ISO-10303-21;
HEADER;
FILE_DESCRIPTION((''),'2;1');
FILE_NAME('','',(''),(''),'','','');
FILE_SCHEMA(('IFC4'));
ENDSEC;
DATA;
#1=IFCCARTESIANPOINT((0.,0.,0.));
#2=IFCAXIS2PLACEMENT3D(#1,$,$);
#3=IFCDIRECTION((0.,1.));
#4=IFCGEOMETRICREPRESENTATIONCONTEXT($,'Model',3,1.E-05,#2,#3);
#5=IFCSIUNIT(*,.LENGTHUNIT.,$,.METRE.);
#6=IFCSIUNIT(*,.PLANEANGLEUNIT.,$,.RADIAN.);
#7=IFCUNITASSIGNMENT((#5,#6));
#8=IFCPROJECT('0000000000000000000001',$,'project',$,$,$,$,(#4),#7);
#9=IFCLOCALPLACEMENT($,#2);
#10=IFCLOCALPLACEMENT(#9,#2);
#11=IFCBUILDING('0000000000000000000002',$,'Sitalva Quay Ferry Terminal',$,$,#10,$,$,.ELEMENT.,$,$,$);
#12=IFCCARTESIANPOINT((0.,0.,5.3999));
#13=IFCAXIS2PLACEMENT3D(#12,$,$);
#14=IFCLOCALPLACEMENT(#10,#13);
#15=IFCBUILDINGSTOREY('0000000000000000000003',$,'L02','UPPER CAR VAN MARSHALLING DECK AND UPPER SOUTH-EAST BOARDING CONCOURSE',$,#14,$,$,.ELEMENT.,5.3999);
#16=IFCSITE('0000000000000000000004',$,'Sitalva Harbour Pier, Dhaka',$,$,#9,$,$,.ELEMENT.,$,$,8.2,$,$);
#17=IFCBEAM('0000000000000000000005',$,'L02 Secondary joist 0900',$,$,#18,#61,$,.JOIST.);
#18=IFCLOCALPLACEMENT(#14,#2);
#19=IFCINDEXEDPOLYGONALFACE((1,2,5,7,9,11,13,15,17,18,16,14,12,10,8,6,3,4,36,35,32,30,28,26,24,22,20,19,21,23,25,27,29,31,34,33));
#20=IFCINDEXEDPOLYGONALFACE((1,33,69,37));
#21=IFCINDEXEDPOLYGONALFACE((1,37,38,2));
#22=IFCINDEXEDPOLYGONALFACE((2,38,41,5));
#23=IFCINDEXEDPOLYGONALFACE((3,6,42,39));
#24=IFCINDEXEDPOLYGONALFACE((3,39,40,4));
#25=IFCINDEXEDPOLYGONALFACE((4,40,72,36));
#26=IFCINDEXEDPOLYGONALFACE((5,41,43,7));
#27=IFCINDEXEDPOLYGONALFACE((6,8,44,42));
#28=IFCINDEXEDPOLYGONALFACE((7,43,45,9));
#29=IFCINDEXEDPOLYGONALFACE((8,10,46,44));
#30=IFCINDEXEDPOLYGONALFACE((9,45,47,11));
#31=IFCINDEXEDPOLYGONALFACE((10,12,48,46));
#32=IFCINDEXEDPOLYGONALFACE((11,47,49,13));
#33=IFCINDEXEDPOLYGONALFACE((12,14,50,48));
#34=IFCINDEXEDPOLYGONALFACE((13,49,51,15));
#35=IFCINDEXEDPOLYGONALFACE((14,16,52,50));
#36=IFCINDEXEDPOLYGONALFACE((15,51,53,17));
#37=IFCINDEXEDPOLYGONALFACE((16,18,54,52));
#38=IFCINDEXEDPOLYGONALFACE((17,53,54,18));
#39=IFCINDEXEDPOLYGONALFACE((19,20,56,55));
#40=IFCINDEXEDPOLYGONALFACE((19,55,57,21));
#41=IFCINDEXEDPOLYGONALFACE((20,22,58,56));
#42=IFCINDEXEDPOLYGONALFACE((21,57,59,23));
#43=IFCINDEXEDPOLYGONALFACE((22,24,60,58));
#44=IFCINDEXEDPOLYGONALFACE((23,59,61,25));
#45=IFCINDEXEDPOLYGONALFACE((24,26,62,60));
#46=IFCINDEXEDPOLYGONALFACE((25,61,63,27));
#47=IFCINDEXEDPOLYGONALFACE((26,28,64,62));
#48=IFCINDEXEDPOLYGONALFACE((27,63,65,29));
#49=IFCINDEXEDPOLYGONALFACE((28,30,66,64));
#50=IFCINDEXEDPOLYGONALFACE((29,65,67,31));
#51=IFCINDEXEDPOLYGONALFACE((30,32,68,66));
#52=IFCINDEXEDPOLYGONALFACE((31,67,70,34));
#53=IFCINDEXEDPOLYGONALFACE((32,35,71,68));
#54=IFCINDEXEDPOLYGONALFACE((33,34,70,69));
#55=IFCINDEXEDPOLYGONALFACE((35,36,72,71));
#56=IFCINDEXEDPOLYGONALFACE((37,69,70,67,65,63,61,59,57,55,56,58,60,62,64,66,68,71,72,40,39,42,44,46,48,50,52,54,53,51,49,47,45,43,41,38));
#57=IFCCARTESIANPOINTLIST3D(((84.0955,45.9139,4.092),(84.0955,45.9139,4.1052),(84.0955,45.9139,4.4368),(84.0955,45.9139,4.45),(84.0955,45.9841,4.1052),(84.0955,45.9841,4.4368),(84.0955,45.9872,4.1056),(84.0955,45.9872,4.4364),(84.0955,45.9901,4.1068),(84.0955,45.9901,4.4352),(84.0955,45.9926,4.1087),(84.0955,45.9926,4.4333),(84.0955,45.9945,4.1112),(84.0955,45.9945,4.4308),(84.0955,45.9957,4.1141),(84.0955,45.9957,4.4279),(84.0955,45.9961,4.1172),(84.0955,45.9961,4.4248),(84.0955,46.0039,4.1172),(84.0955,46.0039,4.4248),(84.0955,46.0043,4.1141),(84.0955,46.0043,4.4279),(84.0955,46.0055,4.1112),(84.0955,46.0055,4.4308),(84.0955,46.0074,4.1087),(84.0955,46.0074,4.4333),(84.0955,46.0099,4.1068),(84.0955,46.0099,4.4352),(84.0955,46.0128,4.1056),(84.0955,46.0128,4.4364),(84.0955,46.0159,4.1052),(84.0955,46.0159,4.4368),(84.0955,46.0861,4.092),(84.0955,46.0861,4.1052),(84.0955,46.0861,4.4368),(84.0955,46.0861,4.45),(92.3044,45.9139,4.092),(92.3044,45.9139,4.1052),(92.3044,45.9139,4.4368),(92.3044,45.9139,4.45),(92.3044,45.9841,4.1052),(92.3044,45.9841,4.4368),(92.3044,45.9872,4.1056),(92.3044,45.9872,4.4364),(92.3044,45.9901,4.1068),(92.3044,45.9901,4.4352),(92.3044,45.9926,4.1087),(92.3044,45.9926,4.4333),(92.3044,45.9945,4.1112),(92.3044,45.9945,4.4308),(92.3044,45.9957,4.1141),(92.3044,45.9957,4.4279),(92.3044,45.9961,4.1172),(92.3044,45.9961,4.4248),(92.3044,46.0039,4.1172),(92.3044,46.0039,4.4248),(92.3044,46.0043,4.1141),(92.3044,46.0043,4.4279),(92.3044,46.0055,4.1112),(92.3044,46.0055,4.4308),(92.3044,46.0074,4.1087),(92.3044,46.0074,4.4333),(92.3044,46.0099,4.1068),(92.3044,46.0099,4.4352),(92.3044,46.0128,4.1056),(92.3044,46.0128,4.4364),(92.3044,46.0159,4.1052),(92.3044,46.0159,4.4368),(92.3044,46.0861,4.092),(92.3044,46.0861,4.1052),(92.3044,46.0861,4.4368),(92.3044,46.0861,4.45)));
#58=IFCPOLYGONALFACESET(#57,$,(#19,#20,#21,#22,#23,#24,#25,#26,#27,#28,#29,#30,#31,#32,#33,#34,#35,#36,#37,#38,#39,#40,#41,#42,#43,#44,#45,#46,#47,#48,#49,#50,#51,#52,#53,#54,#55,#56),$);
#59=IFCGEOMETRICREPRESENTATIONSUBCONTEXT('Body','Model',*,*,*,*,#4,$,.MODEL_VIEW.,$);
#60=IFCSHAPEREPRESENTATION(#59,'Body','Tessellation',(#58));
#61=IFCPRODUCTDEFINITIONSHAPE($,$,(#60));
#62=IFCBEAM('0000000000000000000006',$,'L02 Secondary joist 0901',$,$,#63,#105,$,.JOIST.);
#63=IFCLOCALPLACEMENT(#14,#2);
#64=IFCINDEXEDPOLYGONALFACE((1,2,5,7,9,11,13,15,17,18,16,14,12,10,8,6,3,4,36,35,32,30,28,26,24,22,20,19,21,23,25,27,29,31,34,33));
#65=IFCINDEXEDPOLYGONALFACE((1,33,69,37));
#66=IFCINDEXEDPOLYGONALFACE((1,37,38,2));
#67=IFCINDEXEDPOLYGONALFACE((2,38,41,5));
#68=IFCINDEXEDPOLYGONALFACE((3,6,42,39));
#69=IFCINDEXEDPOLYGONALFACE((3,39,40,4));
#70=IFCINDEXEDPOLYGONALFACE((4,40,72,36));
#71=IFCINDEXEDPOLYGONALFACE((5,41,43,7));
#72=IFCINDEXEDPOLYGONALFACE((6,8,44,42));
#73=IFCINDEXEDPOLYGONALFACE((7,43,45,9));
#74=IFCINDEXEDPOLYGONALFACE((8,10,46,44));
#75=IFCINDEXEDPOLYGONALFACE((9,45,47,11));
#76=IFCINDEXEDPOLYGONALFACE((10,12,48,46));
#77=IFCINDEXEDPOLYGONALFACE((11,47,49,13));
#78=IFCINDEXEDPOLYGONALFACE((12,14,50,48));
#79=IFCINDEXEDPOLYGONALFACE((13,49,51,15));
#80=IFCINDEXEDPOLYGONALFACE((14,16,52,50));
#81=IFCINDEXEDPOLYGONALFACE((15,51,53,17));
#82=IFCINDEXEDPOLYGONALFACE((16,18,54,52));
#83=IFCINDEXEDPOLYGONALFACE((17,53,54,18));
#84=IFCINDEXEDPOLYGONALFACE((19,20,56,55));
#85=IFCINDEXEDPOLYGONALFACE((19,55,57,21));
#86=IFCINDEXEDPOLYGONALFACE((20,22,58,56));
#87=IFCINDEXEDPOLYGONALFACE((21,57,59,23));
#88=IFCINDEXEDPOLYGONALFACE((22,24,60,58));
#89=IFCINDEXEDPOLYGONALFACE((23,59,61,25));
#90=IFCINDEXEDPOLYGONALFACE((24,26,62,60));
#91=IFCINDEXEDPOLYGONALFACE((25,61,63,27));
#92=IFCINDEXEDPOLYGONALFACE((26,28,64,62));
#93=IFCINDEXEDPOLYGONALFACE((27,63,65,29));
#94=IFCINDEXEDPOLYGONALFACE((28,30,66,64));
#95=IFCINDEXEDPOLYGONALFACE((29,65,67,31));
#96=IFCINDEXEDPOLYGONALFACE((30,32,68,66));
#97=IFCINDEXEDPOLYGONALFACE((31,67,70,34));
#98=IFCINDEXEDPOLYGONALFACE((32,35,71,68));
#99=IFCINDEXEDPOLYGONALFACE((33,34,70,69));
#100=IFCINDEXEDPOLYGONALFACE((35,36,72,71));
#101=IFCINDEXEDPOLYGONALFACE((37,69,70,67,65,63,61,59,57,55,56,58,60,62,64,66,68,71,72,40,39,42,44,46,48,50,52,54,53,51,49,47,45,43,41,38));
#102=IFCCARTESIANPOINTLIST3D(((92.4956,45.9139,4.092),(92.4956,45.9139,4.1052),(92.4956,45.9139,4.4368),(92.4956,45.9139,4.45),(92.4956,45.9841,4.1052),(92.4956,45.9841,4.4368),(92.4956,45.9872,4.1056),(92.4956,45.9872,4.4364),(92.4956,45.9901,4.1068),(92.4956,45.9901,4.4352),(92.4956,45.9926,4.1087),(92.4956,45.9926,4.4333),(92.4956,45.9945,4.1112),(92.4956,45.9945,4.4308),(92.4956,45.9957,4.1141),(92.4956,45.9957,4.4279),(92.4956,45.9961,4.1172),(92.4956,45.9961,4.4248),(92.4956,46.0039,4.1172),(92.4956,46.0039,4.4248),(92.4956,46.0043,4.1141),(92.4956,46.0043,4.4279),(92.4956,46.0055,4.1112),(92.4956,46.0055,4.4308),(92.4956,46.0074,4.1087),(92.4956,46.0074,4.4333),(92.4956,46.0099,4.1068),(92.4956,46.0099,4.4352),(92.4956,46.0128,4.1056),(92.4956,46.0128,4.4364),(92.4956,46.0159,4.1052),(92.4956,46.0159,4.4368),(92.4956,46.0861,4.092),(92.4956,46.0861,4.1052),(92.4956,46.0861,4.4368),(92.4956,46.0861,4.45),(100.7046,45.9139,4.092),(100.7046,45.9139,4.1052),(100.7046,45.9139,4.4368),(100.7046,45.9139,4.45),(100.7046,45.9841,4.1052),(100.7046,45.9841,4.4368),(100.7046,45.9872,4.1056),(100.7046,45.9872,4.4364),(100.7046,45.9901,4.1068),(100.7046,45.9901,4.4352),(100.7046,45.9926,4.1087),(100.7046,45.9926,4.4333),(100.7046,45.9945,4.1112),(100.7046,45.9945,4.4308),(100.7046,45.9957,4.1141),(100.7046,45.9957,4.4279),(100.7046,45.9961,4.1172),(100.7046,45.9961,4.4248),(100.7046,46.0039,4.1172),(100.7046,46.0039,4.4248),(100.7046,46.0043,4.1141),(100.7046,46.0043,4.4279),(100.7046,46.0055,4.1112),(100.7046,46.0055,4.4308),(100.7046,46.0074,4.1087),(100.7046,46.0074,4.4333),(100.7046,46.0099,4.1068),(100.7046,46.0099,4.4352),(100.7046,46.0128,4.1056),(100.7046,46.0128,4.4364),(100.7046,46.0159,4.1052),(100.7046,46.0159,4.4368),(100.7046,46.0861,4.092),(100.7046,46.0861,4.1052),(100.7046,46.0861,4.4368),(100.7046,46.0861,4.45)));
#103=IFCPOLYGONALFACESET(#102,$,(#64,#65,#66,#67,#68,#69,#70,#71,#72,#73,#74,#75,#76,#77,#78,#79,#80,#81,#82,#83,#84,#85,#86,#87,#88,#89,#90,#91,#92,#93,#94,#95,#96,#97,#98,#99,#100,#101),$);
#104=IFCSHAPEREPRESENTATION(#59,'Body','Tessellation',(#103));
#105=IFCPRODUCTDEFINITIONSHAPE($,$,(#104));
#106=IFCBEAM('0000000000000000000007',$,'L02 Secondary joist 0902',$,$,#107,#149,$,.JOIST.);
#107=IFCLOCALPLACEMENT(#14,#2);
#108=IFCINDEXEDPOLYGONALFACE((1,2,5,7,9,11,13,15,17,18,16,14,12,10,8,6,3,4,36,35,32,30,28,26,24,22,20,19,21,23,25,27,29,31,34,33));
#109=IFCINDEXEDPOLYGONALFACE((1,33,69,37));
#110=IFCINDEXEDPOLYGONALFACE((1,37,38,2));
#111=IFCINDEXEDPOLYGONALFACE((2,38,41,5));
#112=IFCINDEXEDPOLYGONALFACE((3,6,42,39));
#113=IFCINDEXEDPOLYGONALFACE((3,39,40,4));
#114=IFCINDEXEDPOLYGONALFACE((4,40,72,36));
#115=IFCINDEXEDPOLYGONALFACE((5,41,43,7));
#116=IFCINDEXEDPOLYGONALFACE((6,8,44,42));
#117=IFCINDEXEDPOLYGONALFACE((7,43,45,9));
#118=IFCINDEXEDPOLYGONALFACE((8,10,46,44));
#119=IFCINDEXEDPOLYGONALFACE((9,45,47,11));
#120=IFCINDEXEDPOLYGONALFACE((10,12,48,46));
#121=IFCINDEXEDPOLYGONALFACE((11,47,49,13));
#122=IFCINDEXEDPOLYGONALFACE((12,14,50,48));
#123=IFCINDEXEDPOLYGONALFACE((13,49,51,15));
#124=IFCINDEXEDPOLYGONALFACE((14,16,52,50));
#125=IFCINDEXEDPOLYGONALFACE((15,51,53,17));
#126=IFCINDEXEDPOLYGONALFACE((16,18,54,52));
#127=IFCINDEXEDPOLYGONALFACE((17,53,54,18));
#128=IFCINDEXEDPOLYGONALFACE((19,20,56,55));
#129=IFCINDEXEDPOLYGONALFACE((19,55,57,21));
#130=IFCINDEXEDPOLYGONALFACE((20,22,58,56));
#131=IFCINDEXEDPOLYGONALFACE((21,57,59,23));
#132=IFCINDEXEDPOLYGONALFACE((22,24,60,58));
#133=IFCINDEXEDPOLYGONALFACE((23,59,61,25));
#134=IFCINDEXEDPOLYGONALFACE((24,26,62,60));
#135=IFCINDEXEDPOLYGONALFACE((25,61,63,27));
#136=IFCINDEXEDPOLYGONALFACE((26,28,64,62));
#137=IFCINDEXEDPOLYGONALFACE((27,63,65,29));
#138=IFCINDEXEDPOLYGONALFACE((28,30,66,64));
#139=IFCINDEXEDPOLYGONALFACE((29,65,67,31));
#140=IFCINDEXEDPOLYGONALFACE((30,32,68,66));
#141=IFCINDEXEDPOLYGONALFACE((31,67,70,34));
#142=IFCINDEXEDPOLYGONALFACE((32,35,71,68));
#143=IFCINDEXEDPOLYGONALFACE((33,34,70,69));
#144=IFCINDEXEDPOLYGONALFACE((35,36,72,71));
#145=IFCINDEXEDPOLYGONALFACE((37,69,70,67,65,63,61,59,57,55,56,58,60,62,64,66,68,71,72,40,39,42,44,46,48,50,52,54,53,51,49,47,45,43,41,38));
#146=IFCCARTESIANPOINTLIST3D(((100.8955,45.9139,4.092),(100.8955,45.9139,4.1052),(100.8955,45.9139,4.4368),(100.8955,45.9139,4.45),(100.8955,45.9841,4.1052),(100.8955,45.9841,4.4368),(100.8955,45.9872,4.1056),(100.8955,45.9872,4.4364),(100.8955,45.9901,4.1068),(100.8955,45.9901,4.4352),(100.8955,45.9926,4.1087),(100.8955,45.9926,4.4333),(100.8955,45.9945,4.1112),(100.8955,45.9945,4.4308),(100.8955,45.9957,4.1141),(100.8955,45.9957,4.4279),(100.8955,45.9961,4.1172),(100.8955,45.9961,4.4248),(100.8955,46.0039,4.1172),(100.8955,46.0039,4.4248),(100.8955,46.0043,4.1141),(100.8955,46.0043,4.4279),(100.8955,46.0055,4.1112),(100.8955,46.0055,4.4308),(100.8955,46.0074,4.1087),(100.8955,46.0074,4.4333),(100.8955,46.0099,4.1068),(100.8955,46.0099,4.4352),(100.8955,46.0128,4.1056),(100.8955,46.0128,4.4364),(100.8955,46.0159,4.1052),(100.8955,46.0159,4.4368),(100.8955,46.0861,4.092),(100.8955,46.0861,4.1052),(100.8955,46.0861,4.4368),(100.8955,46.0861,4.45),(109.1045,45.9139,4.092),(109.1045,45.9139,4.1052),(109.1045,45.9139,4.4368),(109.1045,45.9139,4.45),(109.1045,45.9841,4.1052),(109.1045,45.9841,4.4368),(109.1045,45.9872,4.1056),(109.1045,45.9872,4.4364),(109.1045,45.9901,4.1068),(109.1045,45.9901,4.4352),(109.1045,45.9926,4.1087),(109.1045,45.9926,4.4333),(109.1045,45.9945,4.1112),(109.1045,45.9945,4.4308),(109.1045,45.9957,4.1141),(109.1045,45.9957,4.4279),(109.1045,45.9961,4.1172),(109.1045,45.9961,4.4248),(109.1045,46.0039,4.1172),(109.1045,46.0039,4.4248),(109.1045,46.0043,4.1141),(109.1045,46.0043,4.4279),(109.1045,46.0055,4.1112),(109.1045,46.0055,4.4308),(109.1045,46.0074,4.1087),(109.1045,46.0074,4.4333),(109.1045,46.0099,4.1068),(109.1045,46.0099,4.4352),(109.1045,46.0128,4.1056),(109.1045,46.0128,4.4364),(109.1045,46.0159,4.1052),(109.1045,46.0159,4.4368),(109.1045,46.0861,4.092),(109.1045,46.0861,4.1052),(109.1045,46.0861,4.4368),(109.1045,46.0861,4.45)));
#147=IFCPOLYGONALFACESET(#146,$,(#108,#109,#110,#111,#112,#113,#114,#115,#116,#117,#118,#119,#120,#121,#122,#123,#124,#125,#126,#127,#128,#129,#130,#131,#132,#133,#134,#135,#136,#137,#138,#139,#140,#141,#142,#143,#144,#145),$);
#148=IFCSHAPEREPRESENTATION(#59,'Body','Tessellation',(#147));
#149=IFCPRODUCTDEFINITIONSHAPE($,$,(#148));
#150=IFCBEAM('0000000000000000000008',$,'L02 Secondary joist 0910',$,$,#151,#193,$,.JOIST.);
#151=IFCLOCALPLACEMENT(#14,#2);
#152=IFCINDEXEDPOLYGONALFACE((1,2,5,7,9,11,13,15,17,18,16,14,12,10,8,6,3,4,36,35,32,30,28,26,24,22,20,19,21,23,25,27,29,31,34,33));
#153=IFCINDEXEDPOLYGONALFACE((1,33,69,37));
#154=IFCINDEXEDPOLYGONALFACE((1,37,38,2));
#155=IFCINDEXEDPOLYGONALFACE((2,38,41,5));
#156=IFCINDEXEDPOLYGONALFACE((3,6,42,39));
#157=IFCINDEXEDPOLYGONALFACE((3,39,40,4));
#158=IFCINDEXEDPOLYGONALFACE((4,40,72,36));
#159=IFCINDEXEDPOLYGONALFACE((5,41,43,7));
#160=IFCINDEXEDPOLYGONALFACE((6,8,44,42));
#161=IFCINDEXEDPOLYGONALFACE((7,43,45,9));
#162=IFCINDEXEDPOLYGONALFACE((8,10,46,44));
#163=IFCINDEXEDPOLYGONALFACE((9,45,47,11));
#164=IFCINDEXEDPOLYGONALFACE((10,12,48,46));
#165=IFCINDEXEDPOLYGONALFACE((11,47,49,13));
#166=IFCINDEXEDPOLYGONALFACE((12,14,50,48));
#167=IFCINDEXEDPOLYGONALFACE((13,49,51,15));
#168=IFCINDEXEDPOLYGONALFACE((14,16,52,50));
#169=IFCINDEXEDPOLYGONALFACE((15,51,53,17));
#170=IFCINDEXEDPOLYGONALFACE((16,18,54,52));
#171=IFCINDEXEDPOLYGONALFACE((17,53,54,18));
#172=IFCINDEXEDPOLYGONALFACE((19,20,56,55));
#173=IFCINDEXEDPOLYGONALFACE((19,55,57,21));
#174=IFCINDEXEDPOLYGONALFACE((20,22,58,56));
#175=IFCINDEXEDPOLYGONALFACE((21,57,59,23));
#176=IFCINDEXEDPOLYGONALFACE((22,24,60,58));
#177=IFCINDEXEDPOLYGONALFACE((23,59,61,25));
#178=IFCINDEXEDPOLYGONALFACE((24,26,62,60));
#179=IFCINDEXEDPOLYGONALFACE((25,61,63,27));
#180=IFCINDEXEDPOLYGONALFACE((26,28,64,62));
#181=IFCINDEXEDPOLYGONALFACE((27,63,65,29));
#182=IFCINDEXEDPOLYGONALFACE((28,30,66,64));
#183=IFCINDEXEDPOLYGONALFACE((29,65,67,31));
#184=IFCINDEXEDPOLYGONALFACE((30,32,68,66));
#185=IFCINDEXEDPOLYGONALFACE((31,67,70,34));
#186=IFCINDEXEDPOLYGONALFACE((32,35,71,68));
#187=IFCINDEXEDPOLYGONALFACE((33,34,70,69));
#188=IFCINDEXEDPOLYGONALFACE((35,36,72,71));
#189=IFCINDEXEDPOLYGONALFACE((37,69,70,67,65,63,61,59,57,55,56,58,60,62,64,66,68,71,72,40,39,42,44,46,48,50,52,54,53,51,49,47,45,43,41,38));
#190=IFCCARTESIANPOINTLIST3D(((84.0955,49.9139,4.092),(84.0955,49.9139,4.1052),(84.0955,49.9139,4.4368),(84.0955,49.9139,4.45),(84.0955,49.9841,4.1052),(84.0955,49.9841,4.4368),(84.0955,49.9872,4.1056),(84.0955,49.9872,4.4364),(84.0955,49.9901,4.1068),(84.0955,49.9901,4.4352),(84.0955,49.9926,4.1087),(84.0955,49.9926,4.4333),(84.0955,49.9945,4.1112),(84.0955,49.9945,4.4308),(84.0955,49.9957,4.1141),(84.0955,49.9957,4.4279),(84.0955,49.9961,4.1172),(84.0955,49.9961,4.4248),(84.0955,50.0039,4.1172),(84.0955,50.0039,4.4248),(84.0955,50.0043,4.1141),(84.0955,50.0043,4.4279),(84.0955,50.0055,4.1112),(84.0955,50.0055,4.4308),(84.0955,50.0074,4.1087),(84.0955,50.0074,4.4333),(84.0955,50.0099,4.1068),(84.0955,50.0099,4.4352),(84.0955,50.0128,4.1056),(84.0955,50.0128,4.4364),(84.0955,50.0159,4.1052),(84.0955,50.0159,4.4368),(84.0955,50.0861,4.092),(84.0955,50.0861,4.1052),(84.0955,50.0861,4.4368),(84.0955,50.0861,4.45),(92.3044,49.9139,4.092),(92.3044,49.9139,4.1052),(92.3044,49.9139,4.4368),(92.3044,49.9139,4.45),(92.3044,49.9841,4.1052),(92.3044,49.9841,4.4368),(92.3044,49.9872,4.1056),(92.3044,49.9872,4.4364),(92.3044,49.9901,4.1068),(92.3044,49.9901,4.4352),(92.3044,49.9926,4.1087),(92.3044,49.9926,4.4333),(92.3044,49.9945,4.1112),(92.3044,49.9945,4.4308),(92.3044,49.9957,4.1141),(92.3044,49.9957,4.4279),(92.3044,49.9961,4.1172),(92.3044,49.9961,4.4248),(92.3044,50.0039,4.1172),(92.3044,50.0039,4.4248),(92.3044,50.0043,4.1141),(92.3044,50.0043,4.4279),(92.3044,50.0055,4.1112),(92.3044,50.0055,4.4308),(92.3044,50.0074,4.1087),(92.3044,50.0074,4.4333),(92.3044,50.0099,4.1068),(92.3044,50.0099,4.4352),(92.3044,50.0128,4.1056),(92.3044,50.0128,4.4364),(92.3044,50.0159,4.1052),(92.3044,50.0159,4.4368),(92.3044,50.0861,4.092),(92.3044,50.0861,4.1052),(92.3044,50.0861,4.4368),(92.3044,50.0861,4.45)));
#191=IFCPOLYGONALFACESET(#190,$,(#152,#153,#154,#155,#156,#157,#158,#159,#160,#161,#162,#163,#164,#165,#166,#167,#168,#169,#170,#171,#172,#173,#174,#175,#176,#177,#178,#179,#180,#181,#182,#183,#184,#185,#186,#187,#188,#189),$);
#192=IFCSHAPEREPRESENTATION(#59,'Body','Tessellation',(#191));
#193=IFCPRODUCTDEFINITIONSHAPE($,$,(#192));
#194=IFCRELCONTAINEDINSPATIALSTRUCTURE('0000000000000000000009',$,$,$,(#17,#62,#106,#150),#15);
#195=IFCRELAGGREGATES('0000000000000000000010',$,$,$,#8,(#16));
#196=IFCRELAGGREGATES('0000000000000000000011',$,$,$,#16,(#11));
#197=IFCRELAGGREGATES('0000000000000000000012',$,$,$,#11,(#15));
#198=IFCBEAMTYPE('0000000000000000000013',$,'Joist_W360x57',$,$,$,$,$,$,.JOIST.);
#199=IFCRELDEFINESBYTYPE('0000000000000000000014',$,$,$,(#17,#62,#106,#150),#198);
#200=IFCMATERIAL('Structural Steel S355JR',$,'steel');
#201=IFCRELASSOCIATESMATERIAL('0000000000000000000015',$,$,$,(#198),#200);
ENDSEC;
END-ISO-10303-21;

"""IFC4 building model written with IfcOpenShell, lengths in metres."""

from ifc_helpers import new_model, si_unit, direction, frame, origin, origin_2d, place, context, subcontext, project, spatial, i_section, extrude, material, material_profile, profile_set, type_object, element, save


model = new_model("IFC4")

# Units and contexts
model_context = context("Model", 3, precision=1e-05, world=origin(), true_north=direction((0.0, 1.0)))
body_context = subcontext(model_context, "Body", "Model", "MODEL_VIEW")
ifc_project = project(units=[si_unit("LENGTHUNIT", "METRE"), si_unit("PLANEANGLEUNIT", "RADIAN")], contexts=[model_context])

# Site, building, storey
site_placement = place(None, origin())
site = spatial("IfcSite", under=ifc_project, at=site_placement, Name="Sitalva Harbour Pier, Dhaka", CompositionType="ELEMENT", RefElevation=8.2)
building_placement = place(site_placement, origin())
building = spatial("IfcBuilding", under=site, at=building_placement, Name="Sitalva Quay Ferry Terminal", CompositionType="ELEMENT")
storey_placement = place(building_placement, frame((0.0, 0.0, 5.3999)))
storey = spatial("IfcBuildingStorey", under=building, at=storey_placement, Name="L02", Description="UPPER CAR VAN MARSHALLING DECK AND UPPER SOUTH-EAST BOARDING CONCOURSE", CompositionType="ELEMENT", Elevation=5.3999)

# Beams
ifc_material_1 = material(Name="Structural Steel S355JR", Category="steel")
ifc_material_profile_1 = material_profile(ifc_material_1, i_section(OverallWidth=0.1721, OverallDepth=0.3579, WebThickness=0.0078, FlangeThickness=0.0132, FilletRadius=0.012, at=origin_2d()), Name="W360x57")
ifc_profile_set_1 = profile_set([ifc_material_profile_1], Name="Structural Steel S355JR")
beam_type_1 = type_object("IfcBeamType", Name="Joist_W360x57", PredefinedType="JOIST", material=ifc_profile_set_1)
for number, where, z_axis, x_axis, name in (
    (1, (84.0955, 46.0, 4.271), (1.0, 0.0, 0.0), (0.0, 1.0, 0.0), "L02 Secondary joist 0900"),
    (2, (92.4956, 46.0, 4.271), (1.0, 0.0, 0.0), (0.0, 1.0, 0.0), "L02 Secondary joist 0901"),
    (3, (100.8955, 46.0, 4.271), (1.0, 0.0, 0.0), (0.0, 1.0, 0.0), "L02 Secondary joist 0902"),
    (4, (84.0955, 50.0, 4.271), (1.0, 0.0, 0.0), (0.0, 1.0, 0.0), "L02 Secondary joist 0910"),
):
    element("IfcBeam", number, at=place(storey_placement, frame(where, z_axis=z_axis, x_axis=x_axis)), inside=storey, type_object=beam_type_1, Name=name, PredefinedType="JOIST", context=body_context, shape_type="SweptSolid", body=[
        extrude(i_section(OverallWidth=0.1721, OverallDepth=0.3579, WebThickness=0.0078, FlangeThickness=0.0132, FilletRadius=0.012, at=origin_2d()), origin(), (0.0, 0.0, 1.0), 8.209),
    ])

save(model, "model.ifc")
